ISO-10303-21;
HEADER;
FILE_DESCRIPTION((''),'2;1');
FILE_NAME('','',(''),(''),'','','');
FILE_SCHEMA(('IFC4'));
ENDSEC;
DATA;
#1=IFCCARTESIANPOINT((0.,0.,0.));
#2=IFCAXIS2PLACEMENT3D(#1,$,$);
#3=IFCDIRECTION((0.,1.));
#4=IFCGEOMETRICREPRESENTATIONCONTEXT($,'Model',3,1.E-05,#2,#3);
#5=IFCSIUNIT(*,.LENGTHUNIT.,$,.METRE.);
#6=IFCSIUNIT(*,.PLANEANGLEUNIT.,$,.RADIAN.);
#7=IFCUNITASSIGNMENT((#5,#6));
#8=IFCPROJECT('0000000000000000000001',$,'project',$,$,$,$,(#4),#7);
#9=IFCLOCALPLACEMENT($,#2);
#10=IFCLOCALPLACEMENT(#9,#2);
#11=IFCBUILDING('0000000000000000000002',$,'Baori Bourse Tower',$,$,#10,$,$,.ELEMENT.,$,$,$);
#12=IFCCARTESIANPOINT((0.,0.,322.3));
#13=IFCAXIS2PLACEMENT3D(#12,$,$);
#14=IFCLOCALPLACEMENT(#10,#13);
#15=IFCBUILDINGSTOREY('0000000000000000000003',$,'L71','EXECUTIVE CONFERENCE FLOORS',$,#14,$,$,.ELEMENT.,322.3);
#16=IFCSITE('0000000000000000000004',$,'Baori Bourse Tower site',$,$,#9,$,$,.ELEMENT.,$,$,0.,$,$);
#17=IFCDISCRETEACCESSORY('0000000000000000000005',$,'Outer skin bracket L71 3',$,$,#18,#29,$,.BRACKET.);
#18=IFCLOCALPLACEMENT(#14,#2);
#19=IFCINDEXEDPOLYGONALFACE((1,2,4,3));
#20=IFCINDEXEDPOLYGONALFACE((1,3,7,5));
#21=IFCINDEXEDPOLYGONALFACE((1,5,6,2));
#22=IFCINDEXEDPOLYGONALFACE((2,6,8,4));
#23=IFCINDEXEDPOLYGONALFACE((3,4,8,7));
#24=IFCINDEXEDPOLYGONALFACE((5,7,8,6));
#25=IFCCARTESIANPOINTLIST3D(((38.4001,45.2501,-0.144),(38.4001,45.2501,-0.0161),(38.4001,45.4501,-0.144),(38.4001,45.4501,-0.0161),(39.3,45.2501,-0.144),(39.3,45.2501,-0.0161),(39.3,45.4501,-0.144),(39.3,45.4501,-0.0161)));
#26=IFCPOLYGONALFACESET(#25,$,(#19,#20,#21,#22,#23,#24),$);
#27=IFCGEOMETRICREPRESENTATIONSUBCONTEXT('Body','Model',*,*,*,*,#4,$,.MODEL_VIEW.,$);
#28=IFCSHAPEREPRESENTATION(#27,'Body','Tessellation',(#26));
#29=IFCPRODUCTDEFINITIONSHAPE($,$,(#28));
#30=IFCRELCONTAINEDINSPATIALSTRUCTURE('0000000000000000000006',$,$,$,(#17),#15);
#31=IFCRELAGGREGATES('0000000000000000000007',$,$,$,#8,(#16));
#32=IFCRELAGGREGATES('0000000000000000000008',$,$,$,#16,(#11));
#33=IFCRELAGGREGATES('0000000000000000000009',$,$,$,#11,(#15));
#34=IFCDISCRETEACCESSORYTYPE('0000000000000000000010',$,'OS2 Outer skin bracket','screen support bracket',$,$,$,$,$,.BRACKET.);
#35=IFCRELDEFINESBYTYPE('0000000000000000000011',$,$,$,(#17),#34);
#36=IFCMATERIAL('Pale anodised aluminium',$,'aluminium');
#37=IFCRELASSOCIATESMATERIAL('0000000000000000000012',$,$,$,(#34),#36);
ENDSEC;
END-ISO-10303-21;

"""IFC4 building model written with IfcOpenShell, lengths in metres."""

from ifc_helpers import new_model, si_unit, direction, frame, origin, origin_2d, place, context, subcontext, project, spatial, rectangle, extrude, material, type_object, element, save


model = new_model("IFC4")

# Units and contexts
model_context = context("Model", 3, precision=1e-05, world=origin(), true_north=direction((0.0, 1.0)))
body_context = subcontext(model_context, "Body", "Model", "MODEL_VIEW")
ifc_project = project(units=[si_unit("LENGTHUNIT", "METRE"), si_unit("PLANEANGLEUNIT", "RADIAN")], contexts=[model_context])

# Site, building, storey
site_placement = place(None, origin())
site = spatial("IfcSite", under=ifc_project, at=site_placement, Name="Baori Bourse Tower site", CompositionType="ELEMENT", RefElevation=0.0)
building_placement = place(site_placement, origin())
building = spatial("IfcBuilding", under=site, at=building_placement, Name="Baori Bourse Tower", CompositionType="ELEMENT")
storey_placement = place(building_placement, frame((0.0, 0.0, 322.3)))
storey = spatial("IfcBuildingStorey", under=building, at=storey_placement, Name="L71", Description="EXECUTIVE CONFERENCE FLOORS", CompositionType="ELEMENT", Elevation=322.3)

# Discrete accessory
ifc_material_1 = material(Name="Pale anodised aluminium", Category="aluminium")
discrete_accessory_type = type_object("IfcDiscreteAccessoryType", Name="OS2 Outer skin bracket", Description="screen support bracket", PredefinedType="BRACKET", material=ifc_material_1)
for number, where, z_axis, x_axis, name in (
    (1, (38.8501, 45.3501, -0.144), (0.0, 0.0, 1.0), (0.0, 1.0, 0.0), "Outer skin bracket L71 3"),
):
    element("IfcDiscreteAccessory", number, at=place(storey_placement, frame(where, z_axis=z_axis, x_axis=x_axis)), inside=storey, type_object=discrete_accessory_type, Name=name, PredefinedType="BRACKET", context=body_context, shape_type="SweptSolid", body=[
        extrude(rectangle(XDim=0.2, YDim=0.8999, at=origin_2d()), origin(), (0.0, 0.0, 1.0), 0.1279),
    ])

save(model, "model.ifc")
